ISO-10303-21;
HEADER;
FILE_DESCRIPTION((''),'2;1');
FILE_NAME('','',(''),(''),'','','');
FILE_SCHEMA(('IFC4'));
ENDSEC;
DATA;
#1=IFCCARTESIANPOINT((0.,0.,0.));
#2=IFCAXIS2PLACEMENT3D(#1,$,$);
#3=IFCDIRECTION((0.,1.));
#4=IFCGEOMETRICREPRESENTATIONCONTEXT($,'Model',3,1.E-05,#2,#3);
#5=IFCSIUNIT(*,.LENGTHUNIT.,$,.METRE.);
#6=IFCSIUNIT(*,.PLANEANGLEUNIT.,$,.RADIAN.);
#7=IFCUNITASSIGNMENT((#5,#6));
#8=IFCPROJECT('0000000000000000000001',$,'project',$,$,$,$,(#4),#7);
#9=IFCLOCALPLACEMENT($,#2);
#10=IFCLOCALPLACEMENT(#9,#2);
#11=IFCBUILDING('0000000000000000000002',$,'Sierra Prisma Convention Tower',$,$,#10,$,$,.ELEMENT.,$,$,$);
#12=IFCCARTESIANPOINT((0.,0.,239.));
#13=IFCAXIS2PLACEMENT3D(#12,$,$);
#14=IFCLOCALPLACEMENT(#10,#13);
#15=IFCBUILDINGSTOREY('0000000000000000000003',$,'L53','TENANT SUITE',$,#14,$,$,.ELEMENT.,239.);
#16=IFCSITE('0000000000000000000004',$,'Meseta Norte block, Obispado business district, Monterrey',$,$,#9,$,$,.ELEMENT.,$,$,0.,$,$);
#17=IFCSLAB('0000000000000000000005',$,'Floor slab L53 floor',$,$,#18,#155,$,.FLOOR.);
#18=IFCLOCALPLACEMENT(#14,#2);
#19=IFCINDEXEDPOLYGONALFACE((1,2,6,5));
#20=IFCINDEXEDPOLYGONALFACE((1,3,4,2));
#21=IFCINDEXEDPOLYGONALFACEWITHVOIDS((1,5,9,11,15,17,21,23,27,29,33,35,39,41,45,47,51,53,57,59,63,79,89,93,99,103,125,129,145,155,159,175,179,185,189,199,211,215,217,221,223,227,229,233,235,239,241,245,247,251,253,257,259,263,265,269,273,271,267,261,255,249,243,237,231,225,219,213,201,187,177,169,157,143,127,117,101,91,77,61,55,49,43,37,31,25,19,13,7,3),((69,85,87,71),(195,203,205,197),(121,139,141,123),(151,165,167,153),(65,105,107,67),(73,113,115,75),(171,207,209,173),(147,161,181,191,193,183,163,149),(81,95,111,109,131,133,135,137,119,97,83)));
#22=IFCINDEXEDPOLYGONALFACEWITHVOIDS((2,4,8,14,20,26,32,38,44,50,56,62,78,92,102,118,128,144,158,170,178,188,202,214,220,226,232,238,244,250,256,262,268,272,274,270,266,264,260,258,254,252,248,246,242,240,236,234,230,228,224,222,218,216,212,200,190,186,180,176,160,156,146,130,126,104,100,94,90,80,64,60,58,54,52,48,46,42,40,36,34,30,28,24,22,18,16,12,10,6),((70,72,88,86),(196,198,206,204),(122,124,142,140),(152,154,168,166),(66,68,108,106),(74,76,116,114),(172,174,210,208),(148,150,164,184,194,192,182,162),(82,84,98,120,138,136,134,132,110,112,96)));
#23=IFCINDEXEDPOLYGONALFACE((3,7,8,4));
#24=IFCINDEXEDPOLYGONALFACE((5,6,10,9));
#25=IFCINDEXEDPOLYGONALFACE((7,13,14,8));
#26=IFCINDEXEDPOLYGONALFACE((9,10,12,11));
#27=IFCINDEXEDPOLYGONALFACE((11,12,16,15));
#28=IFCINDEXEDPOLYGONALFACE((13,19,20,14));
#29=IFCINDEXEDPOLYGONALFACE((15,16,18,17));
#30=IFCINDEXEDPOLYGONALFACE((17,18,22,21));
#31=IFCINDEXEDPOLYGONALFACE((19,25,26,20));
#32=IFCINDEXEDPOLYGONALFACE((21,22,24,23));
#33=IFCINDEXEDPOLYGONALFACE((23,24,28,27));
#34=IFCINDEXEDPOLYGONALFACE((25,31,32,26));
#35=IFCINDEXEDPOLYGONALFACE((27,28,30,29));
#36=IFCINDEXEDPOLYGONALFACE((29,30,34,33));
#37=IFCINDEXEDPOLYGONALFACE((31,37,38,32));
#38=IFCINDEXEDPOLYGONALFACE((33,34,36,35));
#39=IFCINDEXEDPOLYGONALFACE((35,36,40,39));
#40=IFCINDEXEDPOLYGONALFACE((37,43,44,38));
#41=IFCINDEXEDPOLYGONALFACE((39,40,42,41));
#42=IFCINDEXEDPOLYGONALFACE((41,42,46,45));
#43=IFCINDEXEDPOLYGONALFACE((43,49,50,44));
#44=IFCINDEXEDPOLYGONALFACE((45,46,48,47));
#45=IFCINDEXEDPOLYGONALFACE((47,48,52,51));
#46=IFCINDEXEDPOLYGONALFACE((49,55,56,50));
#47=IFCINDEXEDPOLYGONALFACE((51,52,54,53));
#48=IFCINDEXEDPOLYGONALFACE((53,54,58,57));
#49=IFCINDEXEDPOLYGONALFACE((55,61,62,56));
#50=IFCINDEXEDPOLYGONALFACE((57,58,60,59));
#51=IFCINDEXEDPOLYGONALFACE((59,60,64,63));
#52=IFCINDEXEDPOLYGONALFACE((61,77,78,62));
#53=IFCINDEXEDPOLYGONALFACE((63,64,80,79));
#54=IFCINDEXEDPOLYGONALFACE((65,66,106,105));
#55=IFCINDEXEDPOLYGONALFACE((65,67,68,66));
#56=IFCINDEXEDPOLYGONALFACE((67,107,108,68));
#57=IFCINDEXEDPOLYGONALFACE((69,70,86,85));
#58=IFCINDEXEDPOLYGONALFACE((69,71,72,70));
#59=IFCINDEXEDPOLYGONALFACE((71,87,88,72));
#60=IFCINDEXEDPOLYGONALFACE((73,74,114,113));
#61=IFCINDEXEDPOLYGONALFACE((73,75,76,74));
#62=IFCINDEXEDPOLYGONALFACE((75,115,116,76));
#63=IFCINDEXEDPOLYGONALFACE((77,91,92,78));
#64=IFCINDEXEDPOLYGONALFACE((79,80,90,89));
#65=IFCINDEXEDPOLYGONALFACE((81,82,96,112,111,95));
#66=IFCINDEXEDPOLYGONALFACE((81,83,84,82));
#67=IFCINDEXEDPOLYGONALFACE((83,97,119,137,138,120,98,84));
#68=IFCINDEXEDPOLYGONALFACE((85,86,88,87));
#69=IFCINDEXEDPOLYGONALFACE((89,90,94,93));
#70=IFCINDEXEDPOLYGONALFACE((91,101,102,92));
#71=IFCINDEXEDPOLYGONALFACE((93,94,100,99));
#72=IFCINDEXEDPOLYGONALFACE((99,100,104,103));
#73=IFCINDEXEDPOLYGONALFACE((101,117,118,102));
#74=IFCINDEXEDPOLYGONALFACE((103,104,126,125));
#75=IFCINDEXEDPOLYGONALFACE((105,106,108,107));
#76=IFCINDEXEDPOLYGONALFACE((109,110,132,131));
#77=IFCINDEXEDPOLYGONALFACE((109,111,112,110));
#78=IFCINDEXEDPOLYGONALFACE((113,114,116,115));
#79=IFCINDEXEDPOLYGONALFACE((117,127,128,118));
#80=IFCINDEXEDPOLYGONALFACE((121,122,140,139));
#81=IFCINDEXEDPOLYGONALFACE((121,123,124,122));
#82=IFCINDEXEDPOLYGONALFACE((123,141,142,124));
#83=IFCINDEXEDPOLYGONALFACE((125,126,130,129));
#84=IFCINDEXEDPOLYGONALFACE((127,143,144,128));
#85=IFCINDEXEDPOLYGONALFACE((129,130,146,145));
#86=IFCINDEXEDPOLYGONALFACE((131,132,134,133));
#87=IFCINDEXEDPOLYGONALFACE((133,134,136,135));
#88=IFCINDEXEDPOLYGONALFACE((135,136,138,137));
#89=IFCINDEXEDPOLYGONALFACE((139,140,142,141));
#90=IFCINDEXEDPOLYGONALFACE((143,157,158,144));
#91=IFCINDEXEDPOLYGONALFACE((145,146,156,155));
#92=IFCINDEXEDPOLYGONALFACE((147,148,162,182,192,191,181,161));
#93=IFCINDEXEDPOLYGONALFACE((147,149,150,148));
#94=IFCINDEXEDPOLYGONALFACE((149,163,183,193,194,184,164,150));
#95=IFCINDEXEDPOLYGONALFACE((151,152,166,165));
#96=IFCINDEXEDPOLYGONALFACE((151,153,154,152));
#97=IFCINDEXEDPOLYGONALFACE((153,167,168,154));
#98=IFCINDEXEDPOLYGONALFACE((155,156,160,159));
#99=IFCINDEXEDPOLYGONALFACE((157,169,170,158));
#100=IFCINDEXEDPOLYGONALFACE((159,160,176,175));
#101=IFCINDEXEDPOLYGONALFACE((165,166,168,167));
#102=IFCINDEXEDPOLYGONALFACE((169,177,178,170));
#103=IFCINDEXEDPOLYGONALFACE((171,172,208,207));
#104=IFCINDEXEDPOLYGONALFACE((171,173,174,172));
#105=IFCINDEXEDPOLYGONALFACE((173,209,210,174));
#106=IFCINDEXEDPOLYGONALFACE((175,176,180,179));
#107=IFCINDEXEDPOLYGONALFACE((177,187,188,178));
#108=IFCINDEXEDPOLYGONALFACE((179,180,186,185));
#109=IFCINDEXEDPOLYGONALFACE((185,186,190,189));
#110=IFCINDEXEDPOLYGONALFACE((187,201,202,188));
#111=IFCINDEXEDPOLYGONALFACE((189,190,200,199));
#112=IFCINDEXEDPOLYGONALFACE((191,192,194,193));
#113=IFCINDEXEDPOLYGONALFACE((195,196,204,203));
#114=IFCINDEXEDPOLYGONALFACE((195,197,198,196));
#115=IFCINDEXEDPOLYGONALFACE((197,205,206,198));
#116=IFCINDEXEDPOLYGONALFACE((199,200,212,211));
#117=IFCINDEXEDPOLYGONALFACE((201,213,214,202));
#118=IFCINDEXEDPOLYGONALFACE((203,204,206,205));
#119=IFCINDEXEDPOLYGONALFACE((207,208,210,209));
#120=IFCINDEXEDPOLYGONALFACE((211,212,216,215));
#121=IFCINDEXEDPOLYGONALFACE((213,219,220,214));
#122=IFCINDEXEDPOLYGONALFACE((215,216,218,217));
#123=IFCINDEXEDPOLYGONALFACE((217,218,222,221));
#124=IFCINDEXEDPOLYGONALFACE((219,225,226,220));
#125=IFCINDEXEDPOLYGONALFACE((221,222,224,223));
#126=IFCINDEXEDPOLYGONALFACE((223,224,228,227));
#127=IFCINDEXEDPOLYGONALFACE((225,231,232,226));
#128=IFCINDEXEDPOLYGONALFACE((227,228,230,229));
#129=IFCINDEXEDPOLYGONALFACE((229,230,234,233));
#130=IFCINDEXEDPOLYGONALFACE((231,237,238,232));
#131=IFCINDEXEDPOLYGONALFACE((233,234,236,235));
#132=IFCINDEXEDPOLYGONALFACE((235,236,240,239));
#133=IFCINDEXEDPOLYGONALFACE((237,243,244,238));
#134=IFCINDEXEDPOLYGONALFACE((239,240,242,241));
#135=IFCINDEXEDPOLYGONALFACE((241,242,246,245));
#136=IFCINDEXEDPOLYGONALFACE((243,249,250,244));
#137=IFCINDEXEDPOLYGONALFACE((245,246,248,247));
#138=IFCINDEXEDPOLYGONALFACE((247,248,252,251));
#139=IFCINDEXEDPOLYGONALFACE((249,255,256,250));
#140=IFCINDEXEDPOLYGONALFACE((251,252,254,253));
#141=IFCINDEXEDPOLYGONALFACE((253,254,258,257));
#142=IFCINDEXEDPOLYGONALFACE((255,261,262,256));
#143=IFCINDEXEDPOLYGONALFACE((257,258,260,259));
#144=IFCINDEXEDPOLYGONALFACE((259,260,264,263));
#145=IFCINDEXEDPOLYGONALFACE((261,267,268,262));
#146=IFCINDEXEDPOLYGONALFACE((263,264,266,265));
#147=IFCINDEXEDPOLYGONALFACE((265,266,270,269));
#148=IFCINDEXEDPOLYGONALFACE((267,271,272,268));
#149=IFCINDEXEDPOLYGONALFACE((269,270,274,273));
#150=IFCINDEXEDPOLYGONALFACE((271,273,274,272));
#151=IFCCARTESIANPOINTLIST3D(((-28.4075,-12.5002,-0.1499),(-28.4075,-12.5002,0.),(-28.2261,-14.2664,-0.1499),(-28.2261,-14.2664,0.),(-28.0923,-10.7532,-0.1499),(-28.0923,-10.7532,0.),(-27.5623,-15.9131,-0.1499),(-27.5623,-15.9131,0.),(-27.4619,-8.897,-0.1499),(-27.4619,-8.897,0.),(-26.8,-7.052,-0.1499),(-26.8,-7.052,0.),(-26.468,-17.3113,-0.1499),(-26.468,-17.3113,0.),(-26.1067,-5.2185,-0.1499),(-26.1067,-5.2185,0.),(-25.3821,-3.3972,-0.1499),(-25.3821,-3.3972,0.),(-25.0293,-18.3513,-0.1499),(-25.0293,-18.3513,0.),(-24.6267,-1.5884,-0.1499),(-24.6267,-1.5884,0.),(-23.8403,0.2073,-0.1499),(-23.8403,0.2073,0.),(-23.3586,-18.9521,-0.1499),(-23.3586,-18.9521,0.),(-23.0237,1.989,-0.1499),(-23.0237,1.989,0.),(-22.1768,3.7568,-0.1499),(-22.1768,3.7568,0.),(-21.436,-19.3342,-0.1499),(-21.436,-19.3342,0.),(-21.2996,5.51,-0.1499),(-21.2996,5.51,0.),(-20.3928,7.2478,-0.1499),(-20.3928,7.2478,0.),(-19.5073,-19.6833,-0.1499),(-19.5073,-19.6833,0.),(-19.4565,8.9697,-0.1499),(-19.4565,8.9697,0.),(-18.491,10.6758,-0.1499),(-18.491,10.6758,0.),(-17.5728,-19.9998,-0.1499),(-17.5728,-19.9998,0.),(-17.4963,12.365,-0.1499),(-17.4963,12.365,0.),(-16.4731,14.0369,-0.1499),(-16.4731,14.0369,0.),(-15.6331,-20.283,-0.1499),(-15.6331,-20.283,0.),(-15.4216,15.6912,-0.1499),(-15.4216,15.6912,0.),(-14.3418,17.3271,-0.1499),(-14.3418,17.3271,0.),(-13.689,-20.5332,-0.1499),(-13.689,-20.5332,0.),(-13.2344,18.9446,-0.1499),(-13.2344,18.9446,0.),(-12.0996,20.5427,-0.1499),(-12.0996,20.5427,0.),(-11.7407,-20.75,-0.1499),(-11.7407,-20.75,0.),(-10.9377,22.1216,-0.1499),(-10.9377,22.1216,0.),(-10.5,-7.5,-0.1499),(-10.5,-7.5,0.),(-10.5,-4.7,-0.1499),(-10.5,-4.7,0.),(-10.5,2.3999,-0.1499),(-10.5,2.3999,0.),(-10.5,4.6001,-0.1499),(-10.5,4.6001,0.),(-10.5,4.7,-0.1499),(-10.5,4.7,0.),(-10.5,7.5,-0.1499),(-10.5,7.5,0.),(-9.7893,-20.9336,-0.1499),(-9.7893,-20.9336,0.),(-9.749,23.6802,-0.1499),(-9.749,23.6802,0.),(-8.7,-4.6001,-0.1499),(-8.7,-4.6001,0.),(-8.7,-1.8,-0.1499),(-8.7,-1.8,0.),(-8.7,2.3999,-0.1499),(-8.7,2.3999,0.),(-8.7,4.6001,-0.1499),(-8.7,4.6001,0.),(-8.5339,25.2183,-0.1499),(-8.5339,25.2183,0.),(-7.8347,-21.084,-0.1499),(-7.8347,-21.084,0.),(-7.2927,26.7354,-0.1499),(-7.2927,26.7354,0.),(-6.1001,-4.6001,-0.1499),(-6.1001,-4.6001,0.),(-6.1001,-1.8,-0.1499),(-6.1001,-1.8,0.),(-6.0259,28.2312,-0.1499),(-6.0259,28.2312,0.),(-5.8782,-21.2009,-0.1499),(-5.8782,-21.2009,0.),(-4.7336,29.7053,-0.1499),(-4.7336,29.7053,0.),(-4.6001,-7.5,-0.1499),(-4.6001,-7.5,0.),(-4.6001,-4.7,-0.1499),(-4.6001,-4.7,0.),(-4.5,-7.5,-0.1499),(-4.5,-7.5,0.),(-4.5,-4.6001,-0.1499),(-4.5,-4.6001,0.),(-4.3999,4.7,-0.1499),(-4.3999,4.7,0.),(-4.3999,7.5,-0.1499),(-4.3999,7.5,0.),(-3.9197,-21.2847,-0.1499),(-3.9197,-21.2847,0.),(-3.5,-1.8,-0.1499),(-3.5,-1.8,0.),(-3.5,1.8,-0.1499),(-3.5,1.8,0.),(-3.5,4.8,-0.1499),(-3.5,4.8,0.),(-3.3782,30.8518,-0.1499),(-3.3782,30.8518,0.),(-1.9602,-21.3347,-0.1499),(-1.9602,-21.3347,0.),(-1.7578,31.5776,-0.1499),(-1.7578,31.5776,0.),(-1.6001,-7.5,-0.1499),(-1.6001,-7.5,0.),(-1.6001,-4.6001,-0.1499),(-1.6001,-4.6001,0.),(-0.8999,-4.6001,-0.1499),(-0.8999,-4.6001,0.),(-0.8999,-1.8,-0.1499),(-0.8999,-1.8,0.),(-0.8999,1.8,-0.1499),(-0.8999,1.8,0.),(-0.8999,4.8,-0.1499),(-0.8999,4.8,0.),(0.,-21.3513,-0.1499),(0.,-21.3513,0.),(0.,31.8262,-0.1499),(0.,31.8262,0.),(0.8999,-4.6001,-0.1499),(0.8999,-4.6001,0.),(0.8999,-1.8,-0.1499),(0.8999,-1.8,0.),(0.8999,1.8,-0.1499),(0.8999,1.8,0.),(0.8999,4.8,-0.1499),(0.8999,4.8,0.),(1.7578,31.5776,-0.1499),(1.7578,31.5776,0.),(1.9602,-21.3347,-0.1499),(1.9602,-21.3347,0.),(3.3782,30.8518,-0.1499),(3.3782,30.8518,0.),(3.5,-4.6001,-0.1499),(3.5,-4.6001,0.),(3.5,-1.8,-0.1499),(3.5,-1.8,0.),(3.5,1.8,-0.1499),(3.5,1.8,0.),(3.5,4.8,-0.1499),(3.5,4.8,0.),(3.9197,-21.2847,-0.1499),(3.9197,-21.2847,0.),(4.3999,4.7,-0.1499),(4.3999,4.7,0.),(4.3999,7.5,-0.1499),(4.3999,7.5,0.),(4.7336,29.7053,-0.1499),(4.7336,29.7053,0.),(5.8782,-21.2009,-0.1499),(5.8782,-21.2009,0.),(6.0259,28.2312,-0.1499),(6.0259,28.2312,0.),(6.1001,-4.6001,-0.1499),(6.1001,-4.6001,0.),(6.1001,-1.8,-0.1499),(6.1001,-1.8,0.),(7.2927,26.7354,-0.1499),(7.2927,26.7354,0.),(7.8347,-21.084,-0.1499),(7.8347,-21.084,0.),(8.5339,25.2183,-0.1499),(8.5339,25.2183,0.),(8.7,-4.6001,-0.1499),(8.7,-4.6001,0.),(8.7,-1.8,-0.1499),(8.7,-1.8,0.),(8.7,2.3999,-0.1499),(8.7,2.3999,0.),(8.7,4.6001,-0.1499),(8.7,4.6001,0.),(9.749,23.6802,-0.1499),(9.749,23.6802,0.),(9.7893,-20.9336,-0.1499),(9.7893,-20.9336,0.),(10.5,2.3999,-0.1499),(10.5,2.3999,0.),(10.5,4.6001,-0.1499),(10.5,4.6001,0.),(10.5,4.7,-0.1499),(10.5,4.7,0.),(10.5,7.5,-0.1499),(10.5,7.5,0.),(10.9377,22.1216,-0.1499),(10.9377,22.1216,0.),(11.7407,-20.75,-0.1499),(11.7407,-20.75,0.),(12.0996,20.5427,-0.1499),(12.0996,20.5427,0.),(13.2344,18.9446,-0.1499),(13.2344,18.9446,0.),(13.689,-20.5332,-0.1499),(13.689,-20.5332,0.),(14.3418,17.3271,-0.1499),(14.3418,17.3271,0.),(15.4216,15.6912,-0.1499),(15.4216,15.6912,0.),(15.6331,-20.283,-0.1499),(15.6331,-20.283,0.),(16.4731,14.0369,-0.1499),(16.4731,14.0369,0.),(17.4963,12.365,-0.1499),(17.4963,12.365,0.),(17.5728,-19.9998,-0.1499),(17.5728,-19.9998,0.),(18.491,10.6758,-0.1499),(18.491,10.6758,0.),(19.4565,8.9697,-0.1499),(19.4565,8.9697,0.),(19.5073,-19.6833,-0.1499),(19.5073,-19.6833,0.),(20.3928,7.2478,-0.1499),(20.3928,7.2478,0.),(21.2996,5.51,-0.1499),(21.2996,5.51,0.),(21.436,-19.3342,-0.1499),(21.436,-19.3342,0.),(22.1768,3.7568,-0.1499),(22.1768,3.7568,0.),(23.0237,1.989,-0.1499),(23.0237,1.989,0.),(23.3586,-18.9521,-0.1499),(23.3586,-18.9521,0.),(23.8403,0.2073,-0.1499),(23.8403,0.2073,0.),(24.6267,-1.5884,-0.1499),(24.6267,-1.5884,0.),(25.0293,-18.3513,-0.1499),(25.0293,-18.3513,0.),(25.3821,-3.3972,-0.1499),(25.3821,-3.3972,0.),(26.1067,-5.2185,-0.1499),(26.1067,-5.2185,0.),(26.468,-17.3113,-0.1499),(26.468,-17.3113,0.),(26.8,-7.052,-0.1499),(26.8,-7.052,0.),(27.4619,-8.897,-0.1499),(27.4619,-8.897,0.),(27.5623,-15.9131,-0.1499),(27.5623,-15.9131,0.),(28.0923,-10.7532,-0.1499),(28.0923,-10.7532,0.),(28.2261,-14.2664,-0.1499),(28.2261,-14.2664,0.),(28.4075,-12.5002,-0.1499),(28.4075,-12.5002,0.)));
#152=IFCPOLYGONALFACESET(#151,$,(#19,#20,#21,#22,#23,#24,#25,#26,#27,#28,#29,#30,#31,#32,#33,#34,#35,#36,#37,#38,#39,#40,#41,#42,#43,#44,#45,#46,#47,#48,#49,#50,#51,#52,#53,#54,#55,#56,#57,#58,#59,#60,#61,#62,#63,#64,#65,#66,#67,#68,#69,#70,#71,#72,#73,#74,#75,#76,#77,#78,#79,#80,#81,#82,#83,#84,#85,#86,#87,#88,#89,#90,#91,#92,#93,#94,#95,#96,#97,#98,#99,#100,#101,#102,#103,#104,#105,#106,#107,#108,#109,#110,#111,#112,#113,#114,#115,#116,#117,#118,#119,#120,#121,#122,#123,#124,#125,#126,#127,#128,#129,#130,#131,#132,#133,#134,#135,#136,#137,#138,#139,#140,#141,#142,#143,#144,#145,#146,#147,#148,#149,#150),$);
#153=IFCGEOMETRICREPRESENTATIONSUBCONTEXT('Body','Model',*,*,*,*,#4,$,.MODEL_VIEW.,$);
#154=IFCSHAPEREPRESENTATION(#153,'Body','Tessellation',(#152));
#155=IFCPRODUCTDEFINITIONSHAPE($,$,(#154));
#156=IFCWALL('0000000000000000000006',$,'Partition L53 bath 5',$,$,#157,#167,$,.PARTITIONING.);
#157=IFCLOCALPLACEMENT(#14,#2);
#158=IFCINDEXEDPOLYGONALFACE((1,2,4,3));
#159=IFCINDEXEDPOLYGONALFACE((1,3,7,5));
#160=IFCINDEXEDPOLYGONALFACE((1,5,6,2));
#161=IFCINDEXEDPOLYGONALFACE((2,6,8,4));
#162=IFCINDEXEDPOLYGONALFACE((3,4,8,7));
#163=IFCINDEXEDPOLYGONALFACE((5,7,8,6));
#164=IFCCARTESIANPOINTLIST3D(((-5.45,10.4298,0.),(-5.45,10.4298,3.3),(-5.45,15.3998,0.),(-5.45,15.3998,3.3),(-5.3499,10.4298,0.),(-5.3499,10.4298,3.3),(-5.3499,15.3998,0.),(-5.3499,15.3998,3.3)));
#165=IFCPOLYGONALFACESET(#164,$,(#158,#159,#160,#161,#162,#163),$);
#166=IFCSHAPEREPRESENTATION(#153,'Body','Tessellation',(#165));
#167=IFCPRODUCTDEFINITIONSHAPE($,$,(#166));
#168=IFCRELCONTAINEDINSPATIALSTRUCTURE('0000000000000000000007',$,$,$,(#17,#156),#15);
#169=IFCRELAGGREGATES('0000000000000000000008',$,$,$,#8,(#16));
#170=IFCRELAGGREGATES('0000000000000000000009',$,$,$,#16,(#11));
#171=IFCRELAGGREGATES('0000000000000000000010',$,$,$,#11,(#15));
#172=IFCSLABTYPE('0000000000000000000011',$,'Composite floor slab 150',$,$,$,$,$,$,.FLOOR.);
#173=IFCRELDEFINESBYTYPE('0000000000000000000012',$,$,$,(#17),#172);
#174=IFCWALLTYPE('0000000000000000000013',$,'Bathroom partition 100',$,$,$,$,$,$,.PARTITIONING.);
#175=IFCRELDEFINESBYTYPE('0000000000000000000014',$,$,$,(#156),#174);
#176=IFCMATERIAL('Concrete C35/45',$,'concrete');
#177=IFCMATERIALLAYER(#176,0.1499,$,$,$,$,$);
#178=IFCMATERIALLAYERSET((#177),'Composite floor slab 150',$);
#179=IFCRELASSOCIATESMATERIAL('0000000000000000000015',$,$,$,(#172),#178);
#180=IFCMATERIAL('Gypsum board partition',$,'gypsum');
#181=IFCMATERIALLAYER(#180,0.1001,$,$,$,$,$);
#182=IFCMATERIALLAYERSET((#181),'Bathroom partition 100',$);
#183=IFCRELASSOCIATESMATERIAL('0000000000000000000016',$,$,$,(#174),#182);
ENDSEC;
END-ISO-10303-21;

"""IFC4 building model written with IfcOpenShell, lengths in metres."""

from ifc_helpers import new_model, si_unit, direction, frame, frame_2d, origin, place, context, subcontext, project, spatial, polyline, rectangle, outline, extrude, material, layer, layer_set, type_object, element, save


model = new_model("IFC4")

# Units and contexts
model_context = context("Model", 3, precision=1e-05, world=origin(), true_north=direction((0.0, 1.0)))
body_context = subcontext(model_context, "Body", "Model", "MODEL_VIEW")
ifc_project = project(units=[si_unit("LENGTHUNIT", "METRE"), si_unit("PLANEANGLEUNIT", "RADIAN")], contexts=[model_context])

# Site, building, storey
site_placement = place(None, origin())
site = spatial("IfcSite", under=ifc_project, at=site_placement, Name="Meseta Norte block, Obispado business district, Monterrey", CompositionType="ELEMENT", RefElevation=0.0)
building_placement = place(site_placement, origin())
building = spatial("IfcBuilding", under=site, at=building_placement, Name="Sierra Prisma Convention Tower", CompositionType="ELEMENT")
storey_placement = place(building_placement, frame((0.0, 0.0, 239.0)))
storey = spatial("IfcBuildingStorey", under=building, at=storey_placement, Name="L53", Description="TENANT SUITE", CompositionType="ELEMENT", Elevation=239.0)

# Slab
ifc_material_1 = material(Name="Concrete C35/45", Category="concrete")
ifc_layer_1 = layer(ifc_material_1, 0.1499)
ifc_layer_set_1 = layer_set([ifc_layer_1], Name="Composite floor slab 150")
slab_type = type_object("IfcSlabType", Name="Composite floor slab 150", PredefinedType="FLOOR", material=ifc_layer_set_1)
slab_placement = place(storey_placement, frame((0.0, 0.0, -0.1499)))
element("IfcSlab", 1, at=slab_placement, inside=storey, type_object=slab_type, Name="Floor slab L53 floor", PredefinedType="FLOOR", context=body_context, shape_type="SweptSolid", body=[
    extrude(outline(polyline([(-23.3586, -18.9521), (-21.436, -19.3342), (-19.5073, -19.6833), (-17.5728, -19.9998), (-15.6331, -20.283), (-13.689, -20.5332), (-11.7407, -20.75), (-9.7893, -20.9336), (-7.8347, -21.084), (-5.8782, -21.2009), (-3.9197, -21.2847), (-1.9602, -21.3347), (0.0, -21.3513), (1.9602, -21.3347), (3.9197, -21.2847), (5.8782, -21.2009), (7.8347, -21.084), (9.7893, -20.9336), (11.7407, -20.75), (13.689, -20.5332), (15.6331, -20.283), (17.5728, -19.9998), (19.5073, -19.6833), (21.436, -19.3342), (23.3586, -18.9521), (25.0293, -18.3513), (26.468, -17.3113), (27.5623, -15.9131), (28.2261, -14.2664), (28.4075, -12.5002), (28.0923, -10.7532), (27.4619, -8.897), (26.8, -7.052), (26.1067, -5.2185), (25.3821, -3.3972), (24.6267, -1.5884), (23.8403, 0.2073), (23.0237, 1.989), (22.1768, 3.7568), (21.2996, 5.51), (20.3928, 7.2478), (19.4565, 8.9697), (18.491, 10.6758), (17.4963, 12.365), (16.4731, 14.0369), (15.4216, 15.6912), (14.3418, 17.3271), (13.2344, 18.9446), (12.0996, 20.5427), (10.9377, 22.1216), (9.749, 23.6802), (8.5339, 25.2183), (7.2927, 26.7354), (6.0259, 28.2312), (4.7336, 29.7053), (3.3782, 30.8518), (1.7578, 31.5776), (0.0, 31.8262), (-1.7578, 31.5776), (-3.3782, 30.8518), (-4.7336, 29.7053), (-6.0259, 28.2312), (-7.2927, 26.7354), (-8.5339, 25.2183), (-9.749, 23.6802), (-10.9377, 22.1216), (-12.0996, 20.5427), (-13.2344, 18.9446), (-14.3418, 17.3271), (-15.4216, 15.6912), (-16.4731, 14.0369), (-17.4963, 12.365), (-18.491, 10.6758), (-19.4565, 8.9697), (-20.3928, 7.2478), (-21.2996, 5.51), (-22.1768, 3.7568), (-23.0237, 1.989), (-23.8403, 0.2073), (-24.6267, -1.5884), (-25.3821, -3.3972), (-26.1067, -5.2185), (-26.8, -7.052), (-27.4619, -8.897), (-28.0923, -10.7532), (-28.4075, -12.5002), (-28.2261, -14.2664), (-27.5623, -15.9131), (-26.468, -17.3113), (-25.0293, -18.3513), (-23.3586, -18.9521)]), holes=[polyline([(-4.6001, -4.7), (-4.6001, -7.5), (-10.5, -7.5), (-10.5, -4.7), (-4.6001, -4.7)]), polyline([(-4.5, -7.5), (-4.5, -4.6001), (-6.1001, -4.6001), (-8.7, -4.6001), (-8.7, -1.8), (-6.1001, -1.8), (-3.5, -1.8), (-0.8999, -1.8), (-0.8999, -4.6001), (-1.6001, -4.6001), (-1.6001, -7.5), (-4.5, -7.5)]), polyline([(-8.7, 2.3999), (-10.5, 2.3999), (-10.5, 4.6001), (-8.7, 4.6001), (-8.7, 2.3999)]), polyline([(-4.3999, 4.7), (-10.5, 4.7), (-10.5, 7.5), (-4.3999, 7.5), (-4.3999, 4.7)]), polyline([(3.5, -1.8), (6.1001, -1.8), (8.7, -1.8), (8.7, -4.6001), (6.1001, -4.6001), (3.5, -4.6001), (0.8999, -4.6001), (0.8999, -1.8), (3.5, -1.8)]), polyline([(-0.8999, 1.8), (-3.5, 1.8), (-3.5, 4.8), (-0.8999, 4.8), (-0.8999, 1.8)]), polyline([(3.5, 1.8), (0.8999, 1.8), (0.8999, 4.8), (3.5, 4.8), (3.5, 1.8)]), polyline([(10.5, 2.3999), (8.7, 2.3999), (8.7, 4.6001), (10.5, 4.6001), (10.5, 2.3999)]), polyline([(10.5, 4.7), (4.3999, 4.7), (4.3999, 7.5), (10.5, 7.5), (10.5, 4.7)])]), origin(), (0.0, 0.0, 1.0), 0.1499),
])

# Wall
ifc_material_2 = material(Name="Gypsum board partition", Category="gypsum")
ifc_layer_2 = layer(ifc_material_2, 0.1001)
ifc_layer_set_2 = layer_set([ifc_layer_2], Name="Bathroom partition 100")
wall_type_1 = type_object("IfcWallType", Name="Bathroom partition 100", PredefinedType="PARTITIONING", material=ifc_layer_set_2)
wall_1_placement = place(storey_placement, frame((-5.3999, 10.4299, 0.0), z_axis=(0.0, 0.0, 1.0), x_axis=(0.0, 1.0, 0.0)))
element("IfcWall", 2, at=wall_1_placement, inside=storey, type_object=wall_type_1, Name="Partition L53 bath 5", PredefinedType="PARTITIONING", context=body_context, shape_type="SweptSolid", body=[
    extrude(rectangle(XDim=4.97, YDim=0.1001, at=frame_2d((2.4849, 0.0))), origin(), (0.0, 0.0, 1.0), 3.3),
])

save(model, "model.ifc")
